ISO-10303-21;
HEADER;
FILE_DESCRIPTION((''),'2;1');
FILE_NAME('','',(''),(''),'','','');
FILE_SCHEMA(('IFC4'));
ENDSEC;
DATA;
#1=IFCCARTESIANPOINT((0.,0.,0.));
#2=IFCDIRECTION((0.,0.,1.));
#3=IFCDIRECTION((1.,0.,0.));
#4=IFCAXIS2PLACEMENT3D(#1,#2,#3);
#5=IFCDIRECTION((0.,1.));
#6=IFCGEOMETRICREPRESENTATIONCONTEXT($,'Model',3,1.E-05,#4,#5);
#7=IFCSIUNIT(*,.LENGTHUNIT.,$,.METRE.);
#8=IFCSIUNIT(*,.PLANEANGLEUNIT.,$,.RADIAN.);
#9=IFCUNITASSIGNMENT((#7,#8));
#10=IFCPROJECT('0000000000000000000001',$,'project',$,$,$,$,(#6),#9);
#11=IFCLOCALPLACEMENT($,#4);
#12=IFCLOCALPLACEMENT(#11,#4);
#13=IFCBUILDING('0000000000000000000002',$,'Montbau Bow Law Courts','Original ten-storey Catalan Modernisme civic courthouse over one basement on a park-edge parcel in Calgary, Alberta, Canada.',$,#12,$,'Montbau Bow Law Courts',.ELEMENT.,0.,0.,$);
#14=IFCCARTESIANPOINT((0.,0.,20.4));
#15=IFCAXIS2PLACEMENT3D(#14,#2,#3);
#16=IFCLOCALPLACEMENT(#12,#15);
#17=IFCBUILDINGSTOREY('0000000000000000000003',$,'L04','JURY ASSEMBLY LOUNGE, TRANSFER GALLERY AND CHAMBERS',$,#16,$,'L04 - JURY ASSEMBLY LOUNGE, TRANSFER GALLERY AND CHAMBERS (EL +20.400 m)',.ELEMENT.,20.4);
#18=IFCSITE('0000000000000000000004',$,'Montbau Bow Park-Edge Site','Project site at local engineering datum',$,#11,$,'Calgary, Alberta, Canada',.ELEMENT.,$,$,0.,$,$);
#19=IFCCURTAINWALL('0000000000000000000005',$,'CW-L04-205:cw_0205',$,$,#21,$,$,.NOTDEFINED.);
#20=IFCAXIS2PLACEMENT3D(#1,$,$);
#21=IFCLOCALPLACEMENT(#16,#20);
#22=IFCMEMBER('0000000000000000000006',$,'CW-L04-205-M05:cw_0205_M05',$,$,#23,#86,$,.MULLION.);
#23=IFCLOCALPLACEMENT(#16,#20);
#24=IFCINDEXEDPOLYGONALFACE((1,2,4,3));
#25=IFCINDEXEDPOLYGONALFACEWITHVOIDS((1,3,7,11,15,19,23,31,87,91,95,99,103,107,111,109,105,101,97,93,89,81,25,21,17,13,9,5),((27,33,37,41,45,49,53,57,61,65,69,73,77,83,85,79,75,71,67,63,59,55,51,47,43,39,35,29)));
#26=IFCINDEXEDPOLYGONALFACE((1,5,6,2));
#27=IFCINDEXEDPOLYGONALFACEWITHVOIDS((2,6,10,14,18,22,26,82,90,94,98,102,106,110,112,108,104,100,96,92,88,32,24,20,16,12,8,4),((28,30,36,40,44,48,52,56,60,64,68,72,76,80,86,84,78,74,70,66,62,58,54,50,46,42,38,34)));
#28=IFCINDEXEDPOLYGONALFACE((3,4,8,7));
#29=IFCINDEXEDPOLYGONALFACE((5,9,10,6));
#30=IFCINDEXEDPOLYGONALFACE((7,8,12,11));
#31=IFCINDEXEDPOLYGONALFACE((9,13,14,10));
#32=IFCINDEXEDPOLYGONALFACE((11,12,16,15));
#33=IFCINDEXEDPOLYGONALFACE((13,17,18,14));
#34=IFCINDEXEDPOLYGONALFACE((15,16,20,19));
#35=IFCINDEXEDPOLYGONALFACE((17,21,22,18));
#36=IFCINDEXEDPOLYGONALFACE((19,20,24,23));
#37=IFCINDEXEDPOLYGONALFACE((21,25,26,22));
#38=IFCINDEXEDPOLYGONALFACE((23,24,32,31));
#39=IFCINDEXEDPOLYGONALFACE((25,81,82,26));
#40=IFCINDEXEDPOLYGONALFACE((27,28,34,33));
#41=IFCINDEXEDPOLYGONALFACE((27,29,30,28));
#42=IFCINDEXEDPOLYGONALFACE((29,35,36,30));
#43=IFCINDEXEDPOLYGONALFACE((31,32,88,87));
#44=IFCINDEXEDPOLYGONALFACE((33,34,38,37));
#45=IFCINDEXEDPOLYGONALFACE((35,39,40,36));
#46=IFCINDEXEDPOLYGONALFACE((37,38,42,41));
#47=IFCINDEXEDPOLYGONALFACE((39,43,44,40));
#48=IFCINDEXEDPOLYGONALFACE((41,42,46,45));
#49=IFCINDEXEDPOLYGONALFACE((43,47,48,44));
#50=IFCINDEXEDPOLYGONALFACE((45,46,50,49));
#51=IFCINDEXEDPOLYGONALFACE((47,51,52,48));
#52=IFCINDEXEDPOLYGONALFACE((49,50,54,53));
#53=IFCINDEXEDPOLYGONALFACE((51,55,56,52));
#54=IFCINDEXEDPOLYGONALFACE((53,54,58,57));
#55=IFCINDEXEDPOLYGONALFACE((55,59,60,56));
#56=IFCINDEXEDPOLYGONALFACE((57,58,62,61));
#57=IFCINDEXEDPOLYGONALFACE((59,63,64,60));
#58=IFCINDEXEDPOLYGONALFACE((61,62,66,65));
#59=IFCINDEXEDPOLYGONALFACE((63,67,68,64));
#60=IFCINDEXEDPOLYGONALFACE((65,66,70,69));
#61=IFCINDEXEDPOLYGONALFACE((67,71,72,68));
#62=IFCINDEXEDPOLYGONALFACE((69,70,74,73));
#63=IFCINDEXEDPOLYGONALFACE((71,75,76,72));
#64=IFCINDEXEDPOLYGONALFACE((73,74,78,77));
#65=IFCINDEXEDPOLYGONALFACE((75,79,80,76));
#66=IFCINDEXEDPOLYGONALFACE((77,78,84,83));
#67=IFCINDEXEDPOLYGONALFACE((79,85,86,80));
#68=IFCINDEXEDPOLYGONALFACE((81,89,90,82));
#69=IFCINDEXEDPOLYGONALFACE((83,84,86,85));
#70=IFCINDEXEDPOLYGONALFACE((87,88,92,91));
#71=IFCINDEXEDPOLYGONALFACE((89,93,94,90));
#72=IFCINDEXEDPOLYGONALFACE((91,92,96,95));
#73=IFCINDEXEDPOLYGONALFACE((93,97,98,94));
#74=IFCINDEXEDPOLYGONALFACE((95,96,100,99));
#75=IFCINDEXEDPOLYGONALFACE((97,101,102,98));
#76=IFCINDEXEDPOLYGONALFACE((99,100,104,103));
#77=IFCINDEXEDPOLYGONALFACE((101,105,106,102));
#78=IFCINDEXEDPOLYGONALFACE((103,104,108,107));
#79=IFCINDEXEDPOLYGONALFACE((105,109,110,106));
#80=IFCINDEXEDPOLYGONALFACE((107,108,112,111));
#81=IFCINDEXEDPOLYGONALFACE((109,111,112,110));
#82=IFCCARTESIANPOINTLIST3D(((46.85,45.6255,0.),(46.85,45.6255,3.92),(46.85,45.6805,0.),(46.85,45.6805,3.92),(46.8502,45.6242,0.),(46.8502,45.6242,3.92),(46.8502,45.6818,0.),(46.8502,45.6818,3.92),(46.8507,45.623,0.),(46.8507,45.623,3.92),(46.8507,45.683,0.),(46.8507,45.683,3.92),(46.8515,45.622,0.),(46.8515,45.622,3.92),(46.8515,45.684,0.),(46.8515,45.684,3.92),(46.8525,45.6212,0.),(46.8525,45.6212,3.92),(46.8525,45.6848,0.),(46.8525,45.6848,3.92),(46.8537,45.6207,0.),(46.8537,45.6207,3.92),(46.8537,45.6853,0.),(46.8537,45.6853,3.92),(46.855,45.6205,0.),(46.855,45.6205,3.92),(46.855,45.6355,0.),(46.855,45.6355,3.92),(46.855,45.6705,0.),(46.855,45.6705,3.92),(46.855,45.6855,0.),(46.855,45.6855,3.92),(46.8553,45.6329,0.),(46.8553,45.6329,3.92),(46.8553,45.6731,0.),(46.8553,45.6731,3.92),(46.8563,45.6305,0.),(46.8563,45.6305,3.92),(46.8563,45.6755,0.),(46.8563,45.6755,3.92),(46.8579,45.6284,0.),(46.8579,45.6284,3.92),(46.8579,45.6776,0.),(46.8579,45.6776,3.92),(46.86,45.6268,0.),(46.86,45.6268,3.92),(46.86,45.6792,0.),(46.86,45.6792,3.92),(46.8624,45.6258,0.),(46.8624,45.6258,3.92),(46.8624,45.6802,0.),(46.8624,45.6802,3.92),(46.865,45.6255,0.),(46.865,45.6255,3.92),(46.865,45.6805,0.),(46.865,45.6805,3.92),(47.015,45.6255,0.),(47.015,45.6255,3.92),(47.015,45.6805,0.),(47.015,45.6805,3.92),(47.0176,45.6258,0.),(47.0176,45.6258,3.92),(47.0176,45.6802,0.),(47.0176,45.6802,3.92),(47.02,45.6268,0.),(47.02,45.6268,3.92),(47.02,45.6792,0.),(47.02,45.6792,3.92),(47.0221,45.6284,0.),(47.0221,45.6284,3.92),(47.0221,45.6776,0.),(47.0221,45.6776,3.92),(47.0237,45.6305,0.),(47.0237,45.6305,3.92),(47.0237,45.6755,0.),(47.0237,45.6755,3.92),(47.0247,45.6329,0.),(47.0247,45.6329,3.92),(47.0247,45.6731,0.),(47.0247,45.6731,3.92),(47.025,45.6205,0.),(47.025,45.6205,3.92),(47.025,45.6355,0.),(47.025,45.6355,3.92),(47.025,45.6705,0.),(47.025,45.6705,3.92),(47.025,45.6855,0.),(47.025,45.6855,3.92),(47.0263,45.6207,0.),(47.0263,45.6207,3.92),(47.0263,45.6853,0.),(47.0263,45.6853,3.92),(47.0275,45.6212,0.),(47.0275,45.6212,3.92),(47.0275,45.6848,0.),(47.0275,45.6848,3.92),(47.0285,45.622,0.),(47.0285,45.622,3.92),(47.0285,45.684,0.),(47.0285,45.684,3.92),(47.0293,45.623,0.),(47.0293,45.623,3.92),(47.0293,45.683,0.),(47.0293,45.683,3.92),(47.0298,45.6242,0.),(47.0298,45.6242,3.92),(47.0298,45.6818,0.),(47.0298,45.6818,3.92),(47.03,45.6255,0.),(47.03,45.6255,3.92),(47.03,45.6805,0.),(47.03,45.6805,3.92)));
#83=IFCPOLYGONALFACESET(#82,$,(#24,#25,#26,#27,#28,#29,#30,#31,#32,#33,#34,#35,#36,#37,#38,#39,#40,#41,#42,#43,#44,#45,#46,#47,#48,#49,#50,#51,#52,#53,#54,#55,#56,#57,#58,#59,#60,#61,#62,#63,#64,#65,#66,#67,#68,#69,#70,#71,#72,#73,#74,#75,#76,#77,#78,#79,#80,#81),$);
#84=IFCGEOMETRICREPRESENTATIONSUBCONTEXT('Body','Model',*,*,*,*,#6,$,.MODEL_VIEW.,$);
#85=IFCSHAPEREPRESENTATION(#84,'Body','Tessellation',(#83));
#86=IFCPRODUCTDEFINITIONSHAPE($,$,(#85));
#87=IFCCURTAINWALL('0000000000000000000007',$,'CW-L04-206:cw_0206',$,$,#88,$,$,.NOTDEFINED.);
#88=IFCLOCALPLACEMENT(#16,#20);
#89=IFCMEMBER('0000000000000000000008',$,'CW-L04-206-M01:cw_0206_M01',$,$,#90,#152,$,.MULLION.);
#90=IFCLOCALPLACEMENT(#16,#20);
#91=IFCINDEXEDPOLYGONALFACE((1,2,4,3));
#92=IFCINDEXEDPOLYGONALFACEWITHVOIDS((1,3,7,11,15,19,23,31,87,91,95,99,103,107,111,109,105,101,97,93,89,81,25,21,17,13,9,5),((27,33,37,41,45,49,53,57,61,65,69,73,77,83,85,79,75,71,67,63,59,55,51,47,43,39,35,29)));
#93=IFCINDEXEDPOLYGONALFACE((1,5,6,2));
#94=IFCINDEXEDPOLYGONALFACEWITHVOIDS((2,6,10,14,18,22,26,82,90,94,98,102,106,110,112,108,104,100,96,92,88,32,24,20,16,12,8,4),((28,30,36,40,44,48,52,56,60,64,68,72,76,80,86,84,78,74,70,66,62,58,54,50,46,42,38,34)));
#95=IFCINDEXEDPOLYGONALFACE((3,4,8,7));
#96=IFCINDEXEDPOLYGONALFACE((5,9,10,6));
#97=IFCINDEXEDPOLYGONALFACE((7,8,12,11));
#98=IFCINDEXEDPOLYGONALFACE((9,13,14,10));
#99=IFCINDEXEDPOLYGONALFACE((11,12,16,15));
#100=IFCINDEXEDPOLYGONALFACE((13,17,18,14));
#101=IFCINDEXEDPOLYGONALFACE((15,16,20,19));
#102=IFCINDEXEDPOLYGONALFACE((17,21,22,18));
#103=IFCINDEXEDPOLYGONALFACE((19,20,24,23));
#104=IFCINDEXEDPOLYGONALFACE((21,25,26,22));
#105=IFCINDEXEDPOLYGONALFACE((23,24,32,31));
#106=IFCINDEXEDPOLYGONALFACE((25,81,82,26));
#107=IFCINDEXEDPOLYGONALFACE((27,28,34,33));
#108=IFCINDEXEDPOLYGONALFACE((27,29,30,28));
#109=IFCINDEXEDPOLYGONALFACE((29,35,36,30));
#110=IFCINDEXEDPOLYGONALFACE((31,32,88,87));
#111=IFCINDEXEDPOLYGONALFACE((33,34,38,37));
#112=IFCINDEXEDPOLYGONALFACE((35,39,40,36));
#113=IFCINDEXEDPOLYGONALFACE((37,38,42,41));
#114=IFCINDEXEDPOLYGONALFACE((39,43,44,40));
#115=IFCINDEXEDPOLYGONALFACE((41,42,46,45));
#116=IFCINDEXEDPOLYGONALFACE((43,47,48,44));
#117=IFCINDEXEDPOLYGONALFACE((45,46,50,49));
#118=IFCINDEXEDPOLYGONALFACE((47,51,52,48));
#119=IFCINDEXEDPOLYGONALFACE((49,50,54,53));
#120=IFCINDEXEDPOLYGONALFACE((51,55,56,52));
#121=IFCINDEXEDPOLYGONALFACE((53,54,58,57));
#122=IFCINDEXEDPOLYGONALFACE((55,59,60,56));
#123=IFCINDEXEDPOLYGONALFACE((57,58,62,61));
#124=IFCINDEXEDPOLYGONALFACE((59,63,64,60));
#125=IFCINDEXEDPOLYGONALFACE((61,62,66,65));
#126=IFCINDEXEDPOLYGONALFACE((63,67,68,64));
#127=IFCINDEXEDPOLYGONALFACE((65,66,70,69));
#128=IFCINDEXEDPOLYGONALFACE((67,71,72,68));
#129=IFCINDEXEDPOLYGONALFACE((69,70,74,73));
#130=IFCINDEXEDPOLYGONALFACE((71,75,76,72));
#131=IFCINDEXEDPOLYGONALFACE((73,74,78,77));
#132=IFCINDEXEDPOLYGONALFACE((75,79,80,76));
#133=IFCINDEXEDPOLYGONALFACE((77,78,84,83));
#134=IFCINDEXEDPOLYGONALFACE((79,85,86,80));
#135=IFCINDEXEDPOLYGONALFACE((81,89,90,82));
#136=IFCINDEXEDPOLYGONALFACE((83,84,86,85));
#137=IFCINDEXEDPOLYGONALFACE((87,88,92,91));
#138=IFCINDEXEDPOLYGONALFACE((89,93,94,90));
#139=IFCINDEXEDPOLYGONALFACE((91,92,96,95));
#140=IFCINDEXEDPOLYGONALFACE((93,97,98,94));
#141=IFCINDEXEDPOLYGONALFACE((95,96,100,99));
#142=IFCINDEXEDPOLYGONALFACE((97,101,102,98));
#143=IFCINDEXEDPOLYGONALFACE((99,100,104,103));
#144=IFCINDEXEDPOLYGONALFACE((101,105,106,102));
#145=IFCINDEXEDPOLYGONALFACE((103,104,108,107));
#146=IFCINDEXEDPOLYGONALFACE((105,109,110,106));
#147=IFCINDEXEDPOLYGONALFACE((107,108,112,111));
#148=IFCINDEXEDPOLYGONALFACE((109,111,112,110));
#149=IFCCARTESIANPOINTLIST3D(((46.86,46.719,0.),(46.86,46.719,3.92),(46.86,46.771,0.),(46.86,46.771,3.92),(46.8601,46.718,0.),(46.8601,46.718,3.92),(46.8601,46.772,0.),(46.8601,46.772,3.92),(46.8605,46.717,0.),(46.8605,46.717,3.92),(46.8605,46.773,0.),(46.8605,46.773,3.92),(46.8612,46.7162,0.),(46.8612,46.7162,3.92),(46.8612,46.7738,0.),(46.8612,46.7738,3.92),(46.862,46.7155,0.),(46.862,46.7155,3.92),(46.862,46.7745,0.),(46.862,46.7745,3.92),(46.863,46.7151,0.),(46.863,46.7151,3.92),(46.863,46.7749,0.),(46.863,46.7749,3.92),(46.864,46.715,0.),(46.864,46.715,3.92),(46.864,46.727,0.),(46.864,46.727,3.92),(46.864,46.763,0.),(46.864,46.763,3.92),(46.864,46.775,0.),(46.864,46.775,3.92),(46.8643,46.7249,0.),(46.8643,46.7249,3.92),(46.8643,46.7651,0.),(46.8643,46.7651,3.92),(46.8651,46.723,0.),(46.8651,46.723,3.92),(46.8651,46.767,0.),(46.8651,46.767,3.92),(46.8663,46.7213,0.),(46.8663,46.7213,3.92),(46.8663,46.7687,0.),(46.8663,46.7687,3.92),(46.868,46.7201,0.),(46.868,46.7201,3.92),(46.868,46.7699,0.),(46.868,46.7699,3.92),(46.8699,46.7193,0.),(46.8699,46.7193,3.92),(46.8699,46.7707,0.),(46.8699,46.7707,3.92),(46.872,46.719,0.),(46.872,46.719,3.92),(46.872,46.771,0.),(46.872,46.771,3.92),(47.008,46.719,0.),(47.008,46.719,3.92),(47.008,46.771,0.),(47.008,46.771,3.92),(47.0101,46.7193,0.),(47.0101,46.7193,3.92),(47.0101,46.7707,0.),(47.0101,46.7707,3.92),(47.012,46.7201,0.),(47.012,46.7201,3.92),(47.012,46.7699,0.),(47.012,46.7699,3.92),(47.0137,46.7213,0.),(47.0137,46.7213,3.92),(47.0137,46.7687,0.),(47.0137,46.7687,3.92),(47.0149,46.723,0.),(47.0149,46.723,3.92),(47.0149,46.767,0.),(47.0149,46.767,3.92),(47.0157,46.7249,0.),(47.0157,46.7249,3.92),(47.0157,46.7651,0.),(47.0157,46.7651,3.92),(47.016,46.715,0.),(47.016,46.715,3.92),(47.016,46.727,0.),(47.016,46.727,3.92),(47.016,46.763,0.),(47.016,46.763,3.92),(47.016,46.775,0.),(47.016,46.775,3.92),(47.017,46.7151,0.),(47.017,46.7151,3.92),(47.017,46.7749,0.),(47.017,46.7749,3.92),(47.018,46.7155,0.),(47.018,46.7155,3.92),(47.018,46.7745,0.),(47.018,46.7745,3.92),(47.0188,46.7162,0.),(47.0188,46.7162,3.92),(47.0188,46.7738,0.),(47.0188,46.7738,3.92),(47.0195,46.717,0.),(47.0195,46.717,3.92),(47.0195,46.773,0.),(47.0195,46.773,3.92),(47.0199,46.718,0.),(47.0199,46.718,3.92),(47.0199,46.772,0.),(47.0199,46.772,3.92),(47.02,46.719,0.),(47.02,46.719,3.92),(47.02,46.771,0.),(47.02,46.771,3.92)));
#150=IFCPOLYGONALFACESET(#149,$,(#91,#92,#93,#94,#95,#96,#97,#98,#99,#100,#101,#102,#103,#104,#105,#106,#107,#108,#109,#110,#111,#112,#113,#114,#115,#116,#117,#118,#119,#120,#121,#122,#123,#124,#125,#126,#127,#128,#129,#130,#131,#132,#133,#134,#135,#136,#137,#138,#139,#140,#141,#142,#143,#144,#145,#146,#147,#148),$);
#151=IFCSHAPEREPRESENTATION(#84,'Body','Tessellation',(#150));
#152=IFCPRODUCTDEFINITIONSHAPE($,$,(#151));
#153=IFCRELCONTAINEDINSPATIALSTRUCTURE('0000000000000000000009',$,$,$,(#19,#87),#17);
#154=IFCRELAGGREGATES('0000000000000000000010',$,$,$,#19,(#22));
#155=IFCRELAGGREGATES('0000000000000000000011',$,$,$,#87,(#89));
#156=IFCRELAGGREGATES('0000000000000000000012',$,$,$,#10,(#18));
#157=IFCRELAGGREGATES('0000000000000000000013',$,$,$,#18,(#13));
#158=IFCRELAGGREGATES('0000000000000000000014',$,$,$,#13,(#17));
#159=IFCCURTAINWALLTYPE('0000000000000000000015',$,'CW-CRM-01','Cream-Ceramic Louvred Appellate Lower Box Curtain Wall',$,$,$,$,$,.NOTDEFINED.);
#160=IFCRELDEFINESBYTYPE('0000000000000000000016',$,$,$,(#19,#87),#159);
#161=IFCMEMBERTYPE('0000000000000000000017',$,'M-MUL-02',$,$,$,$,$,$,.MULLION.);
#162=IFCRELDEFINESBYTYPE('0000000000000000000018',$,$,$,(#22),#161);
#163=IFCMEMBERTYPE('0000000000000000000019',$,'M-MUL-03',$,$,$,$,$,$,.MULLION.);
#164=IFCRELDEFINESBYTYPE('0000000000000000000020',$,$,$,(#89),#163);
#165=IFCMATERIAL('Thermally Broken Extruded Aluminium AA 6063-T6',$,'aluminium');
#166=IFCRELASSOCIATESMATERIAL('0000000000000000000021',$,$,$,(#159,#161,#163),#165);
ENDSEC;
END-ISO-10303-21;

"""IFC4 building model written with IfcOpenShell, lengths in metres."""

from ifc_helpers import new_model, si_unit, direction, frame, origin_with_axes, origin_2d_with_axis, place, context, subcontext, project, spatial, hollow_rectangle, extrude, material, material_profile, profile_set, type_object, element, aggregate, save


model = new_model("IFC4")

# Units and contexts
model_context = context("Model", 3, precision=1e-05, world=origin_with_axes(), true_north=direction((0.0, 1.0)))
body_context = subcontext(model_context, "Body", "Model", "MODEL_VIEW")
ifc_project = project(units=[si_unit("LENGTHUNIT", "METRE"), si_unit("PLANEANGLEUNIT", "RADIAN")], contexts=[model_context])

# Site, building, storey
site_placement = place(None, origin_with_axes())
site = spatial("IfcSite", under=ifc_project, at=site_placement, Name="Montbau Bow Park-Edge Site", Description="Project site at local engineering datum", LongName="Calgary, Alberta, Canada", CompositionType="ELEMENT", RefElevation=0.0)
building_placement = place(site_placement, origin_with_axes())
building = spatial("IfcBuilding", under=site, at=building_placement, Name="Montbau Bow Law Courts", Description="Original ten-storey Catalan Modernisme civic courthouse over one basement on a park-edge parcel in Calgary, Alberta, Canada.", LongName="Montbau Bow Law Courts", CompositionType="ELEMENT", ElevationOfRefHeight=0.0, ElevationOfTerrain=0.0)
storey_placement = place(building_placement, frame((0.0, 0.0, 20.4), z_axis=(0.0, 0.0, 1.0), x_axis=(1.0, 0.0, 0.0)))
storey = spatial("IfcBuildingStorey", under=building, at=storey_placement, Name="L04", Description="JURY ASSEMBLY LOUNGE, TRANSFER GALLERY AND CHAMBERS", LongName="L04 - JURY ASSEMBLY LOUNGE, TRANSFER GALLERY AND CHAMBERS (EL +20.400 m)", CompositionType="ELEMENT", Elevation=20.4)

# Curtain walls, members
ifc_material_1 = material(Name="Thermally Broken Extruded Aluminium AA 6063-T6", Category="aluminium")
curtain_wall_type = type_object("IfcCurtainWallType", Name="CW-CRM-01", Description="Cream-Ceramic Louvred Appellate Lower Box Curtain Wall", PredefinedType="NOTDEFINED", material=ifc_material_1)
curtain_wall_1_placement = place(None, frame((46.94, 39.515, 20.4), z_axis=(0.0, 0.0, 1.0), x_axis=(1.0, 0.0, 0.0)))
curtain_wall_1 = element("IfcCurtainWall", 1, at=curtain_wall_1_placement, inside=storey, type_object=curtain_wall_type, Name="CW-L04-205:cw_0205", PredefinedType="NOTDEFINED")
ifc_material_profile_1 = material_profile(ifc_material_1, hollow_rectangle(XDim=0.065, YDim=0.18, WallThickness=0.005, InnerFilletRadius=0.01, OuterFilletRadius=0.005, at=origin_2d_with_axis()), Name="CWM-180X65", Category="Main", Priority=0)
ifc_profile_set_1 = profile_set([ifc_material_profile_1], Name="Thermally Broken Extruded Aluminium AA 6063-T6")
member_type_1 = type_object("IfcMemberType", Name="M-MUL-02", PredefinedType="MULLION", material=ifc_profile_set_1)
member_1_placement = place(None, frame((46.94, 45.653, 20.4), z_axis=(0.0, 0.0, 1.0), x_axis=(0.0, 1.0, 0.0)))
member_1 = element("IfcMember", 2, at=member_1_placement, type_object=member_type_1, Name="CW-L04-205-M05:cw_0205_M05", PredefinedType="MULLION", context=body_context, shape_type="SweptSolid", body=[
    extrude(hollow_rectangle(XDim=0.065, YDim=0.18, WallThickness=0.005, InnerFilletRadius=0.01, OuterFilletRadius=0.005, at=origin_2d_with_axis()), origin_with_axes(), (0.0, 0.0, 1.0), 3.92),
])
curtain_wall_2_placement = place(None, frame((46.94, 46.715, 20.4), z_axis=(0.0, 0.0, 1.0), x_axis=(1.0, 0.0, 0.0)))
curtain_wall_2 = element("IfcCurtainWall", 3, at=curtain_wall_2_placement, inside=storey, type_object=curtain_wall_type, Name="CW-L04-206:cw_0206", PredefinedType="NOTDEFINED")
ifc_material_profile_2 = material_profile(ifc_material_1, hollow_rectangle(XDim=0.06, YDim=0.16, WallThickness=0.004, InnerFilletRadius=0.008, OuterFilletRadius=0.004, at=origin_2d_with_axis()), Name="CWM-160X60", Category="Main", Priority=0)
ifc_profile_set_2 = profile_set([ifc_material_profile_2], Name="Thermally Broken Extruded Aluminium AA 6063-T6")
member_type_2 = type_object("IfcMemberType", Name="M-MUL-03", PredefinedType="MULLION", material=ifc_profile_set_2)
member_2_placement = place(None, frame((46.94, 46.745, 20.4), z_axis=(0.0, 0.0, 1.0), x_axis=(0.0, 1.0, 0.0)))
member_2 = element("IfcMember", 4, at=member_2_placement, type_object=member_type_2, Name="CW-L04-206-M01:cw_0206_M01", PredefinedType="MULLION", context=body_context, shape_type="SweptSolid", body=[
    extrude(hollow_rectangle(XDim=0.06, YDim=0.16, WallThickness=0.004, InnerFilletRadius=0.008, OuterFilletRadius=0.004, at=origin_2d_with_axis()), origin_with_axes(), (0.0, 0.0, 1.0), 3.92),
])

aggregate(curtain_wall_1, [member_1])
aggregate(curtain_wall_2, [member_2])

save(model, "model.ifc")
